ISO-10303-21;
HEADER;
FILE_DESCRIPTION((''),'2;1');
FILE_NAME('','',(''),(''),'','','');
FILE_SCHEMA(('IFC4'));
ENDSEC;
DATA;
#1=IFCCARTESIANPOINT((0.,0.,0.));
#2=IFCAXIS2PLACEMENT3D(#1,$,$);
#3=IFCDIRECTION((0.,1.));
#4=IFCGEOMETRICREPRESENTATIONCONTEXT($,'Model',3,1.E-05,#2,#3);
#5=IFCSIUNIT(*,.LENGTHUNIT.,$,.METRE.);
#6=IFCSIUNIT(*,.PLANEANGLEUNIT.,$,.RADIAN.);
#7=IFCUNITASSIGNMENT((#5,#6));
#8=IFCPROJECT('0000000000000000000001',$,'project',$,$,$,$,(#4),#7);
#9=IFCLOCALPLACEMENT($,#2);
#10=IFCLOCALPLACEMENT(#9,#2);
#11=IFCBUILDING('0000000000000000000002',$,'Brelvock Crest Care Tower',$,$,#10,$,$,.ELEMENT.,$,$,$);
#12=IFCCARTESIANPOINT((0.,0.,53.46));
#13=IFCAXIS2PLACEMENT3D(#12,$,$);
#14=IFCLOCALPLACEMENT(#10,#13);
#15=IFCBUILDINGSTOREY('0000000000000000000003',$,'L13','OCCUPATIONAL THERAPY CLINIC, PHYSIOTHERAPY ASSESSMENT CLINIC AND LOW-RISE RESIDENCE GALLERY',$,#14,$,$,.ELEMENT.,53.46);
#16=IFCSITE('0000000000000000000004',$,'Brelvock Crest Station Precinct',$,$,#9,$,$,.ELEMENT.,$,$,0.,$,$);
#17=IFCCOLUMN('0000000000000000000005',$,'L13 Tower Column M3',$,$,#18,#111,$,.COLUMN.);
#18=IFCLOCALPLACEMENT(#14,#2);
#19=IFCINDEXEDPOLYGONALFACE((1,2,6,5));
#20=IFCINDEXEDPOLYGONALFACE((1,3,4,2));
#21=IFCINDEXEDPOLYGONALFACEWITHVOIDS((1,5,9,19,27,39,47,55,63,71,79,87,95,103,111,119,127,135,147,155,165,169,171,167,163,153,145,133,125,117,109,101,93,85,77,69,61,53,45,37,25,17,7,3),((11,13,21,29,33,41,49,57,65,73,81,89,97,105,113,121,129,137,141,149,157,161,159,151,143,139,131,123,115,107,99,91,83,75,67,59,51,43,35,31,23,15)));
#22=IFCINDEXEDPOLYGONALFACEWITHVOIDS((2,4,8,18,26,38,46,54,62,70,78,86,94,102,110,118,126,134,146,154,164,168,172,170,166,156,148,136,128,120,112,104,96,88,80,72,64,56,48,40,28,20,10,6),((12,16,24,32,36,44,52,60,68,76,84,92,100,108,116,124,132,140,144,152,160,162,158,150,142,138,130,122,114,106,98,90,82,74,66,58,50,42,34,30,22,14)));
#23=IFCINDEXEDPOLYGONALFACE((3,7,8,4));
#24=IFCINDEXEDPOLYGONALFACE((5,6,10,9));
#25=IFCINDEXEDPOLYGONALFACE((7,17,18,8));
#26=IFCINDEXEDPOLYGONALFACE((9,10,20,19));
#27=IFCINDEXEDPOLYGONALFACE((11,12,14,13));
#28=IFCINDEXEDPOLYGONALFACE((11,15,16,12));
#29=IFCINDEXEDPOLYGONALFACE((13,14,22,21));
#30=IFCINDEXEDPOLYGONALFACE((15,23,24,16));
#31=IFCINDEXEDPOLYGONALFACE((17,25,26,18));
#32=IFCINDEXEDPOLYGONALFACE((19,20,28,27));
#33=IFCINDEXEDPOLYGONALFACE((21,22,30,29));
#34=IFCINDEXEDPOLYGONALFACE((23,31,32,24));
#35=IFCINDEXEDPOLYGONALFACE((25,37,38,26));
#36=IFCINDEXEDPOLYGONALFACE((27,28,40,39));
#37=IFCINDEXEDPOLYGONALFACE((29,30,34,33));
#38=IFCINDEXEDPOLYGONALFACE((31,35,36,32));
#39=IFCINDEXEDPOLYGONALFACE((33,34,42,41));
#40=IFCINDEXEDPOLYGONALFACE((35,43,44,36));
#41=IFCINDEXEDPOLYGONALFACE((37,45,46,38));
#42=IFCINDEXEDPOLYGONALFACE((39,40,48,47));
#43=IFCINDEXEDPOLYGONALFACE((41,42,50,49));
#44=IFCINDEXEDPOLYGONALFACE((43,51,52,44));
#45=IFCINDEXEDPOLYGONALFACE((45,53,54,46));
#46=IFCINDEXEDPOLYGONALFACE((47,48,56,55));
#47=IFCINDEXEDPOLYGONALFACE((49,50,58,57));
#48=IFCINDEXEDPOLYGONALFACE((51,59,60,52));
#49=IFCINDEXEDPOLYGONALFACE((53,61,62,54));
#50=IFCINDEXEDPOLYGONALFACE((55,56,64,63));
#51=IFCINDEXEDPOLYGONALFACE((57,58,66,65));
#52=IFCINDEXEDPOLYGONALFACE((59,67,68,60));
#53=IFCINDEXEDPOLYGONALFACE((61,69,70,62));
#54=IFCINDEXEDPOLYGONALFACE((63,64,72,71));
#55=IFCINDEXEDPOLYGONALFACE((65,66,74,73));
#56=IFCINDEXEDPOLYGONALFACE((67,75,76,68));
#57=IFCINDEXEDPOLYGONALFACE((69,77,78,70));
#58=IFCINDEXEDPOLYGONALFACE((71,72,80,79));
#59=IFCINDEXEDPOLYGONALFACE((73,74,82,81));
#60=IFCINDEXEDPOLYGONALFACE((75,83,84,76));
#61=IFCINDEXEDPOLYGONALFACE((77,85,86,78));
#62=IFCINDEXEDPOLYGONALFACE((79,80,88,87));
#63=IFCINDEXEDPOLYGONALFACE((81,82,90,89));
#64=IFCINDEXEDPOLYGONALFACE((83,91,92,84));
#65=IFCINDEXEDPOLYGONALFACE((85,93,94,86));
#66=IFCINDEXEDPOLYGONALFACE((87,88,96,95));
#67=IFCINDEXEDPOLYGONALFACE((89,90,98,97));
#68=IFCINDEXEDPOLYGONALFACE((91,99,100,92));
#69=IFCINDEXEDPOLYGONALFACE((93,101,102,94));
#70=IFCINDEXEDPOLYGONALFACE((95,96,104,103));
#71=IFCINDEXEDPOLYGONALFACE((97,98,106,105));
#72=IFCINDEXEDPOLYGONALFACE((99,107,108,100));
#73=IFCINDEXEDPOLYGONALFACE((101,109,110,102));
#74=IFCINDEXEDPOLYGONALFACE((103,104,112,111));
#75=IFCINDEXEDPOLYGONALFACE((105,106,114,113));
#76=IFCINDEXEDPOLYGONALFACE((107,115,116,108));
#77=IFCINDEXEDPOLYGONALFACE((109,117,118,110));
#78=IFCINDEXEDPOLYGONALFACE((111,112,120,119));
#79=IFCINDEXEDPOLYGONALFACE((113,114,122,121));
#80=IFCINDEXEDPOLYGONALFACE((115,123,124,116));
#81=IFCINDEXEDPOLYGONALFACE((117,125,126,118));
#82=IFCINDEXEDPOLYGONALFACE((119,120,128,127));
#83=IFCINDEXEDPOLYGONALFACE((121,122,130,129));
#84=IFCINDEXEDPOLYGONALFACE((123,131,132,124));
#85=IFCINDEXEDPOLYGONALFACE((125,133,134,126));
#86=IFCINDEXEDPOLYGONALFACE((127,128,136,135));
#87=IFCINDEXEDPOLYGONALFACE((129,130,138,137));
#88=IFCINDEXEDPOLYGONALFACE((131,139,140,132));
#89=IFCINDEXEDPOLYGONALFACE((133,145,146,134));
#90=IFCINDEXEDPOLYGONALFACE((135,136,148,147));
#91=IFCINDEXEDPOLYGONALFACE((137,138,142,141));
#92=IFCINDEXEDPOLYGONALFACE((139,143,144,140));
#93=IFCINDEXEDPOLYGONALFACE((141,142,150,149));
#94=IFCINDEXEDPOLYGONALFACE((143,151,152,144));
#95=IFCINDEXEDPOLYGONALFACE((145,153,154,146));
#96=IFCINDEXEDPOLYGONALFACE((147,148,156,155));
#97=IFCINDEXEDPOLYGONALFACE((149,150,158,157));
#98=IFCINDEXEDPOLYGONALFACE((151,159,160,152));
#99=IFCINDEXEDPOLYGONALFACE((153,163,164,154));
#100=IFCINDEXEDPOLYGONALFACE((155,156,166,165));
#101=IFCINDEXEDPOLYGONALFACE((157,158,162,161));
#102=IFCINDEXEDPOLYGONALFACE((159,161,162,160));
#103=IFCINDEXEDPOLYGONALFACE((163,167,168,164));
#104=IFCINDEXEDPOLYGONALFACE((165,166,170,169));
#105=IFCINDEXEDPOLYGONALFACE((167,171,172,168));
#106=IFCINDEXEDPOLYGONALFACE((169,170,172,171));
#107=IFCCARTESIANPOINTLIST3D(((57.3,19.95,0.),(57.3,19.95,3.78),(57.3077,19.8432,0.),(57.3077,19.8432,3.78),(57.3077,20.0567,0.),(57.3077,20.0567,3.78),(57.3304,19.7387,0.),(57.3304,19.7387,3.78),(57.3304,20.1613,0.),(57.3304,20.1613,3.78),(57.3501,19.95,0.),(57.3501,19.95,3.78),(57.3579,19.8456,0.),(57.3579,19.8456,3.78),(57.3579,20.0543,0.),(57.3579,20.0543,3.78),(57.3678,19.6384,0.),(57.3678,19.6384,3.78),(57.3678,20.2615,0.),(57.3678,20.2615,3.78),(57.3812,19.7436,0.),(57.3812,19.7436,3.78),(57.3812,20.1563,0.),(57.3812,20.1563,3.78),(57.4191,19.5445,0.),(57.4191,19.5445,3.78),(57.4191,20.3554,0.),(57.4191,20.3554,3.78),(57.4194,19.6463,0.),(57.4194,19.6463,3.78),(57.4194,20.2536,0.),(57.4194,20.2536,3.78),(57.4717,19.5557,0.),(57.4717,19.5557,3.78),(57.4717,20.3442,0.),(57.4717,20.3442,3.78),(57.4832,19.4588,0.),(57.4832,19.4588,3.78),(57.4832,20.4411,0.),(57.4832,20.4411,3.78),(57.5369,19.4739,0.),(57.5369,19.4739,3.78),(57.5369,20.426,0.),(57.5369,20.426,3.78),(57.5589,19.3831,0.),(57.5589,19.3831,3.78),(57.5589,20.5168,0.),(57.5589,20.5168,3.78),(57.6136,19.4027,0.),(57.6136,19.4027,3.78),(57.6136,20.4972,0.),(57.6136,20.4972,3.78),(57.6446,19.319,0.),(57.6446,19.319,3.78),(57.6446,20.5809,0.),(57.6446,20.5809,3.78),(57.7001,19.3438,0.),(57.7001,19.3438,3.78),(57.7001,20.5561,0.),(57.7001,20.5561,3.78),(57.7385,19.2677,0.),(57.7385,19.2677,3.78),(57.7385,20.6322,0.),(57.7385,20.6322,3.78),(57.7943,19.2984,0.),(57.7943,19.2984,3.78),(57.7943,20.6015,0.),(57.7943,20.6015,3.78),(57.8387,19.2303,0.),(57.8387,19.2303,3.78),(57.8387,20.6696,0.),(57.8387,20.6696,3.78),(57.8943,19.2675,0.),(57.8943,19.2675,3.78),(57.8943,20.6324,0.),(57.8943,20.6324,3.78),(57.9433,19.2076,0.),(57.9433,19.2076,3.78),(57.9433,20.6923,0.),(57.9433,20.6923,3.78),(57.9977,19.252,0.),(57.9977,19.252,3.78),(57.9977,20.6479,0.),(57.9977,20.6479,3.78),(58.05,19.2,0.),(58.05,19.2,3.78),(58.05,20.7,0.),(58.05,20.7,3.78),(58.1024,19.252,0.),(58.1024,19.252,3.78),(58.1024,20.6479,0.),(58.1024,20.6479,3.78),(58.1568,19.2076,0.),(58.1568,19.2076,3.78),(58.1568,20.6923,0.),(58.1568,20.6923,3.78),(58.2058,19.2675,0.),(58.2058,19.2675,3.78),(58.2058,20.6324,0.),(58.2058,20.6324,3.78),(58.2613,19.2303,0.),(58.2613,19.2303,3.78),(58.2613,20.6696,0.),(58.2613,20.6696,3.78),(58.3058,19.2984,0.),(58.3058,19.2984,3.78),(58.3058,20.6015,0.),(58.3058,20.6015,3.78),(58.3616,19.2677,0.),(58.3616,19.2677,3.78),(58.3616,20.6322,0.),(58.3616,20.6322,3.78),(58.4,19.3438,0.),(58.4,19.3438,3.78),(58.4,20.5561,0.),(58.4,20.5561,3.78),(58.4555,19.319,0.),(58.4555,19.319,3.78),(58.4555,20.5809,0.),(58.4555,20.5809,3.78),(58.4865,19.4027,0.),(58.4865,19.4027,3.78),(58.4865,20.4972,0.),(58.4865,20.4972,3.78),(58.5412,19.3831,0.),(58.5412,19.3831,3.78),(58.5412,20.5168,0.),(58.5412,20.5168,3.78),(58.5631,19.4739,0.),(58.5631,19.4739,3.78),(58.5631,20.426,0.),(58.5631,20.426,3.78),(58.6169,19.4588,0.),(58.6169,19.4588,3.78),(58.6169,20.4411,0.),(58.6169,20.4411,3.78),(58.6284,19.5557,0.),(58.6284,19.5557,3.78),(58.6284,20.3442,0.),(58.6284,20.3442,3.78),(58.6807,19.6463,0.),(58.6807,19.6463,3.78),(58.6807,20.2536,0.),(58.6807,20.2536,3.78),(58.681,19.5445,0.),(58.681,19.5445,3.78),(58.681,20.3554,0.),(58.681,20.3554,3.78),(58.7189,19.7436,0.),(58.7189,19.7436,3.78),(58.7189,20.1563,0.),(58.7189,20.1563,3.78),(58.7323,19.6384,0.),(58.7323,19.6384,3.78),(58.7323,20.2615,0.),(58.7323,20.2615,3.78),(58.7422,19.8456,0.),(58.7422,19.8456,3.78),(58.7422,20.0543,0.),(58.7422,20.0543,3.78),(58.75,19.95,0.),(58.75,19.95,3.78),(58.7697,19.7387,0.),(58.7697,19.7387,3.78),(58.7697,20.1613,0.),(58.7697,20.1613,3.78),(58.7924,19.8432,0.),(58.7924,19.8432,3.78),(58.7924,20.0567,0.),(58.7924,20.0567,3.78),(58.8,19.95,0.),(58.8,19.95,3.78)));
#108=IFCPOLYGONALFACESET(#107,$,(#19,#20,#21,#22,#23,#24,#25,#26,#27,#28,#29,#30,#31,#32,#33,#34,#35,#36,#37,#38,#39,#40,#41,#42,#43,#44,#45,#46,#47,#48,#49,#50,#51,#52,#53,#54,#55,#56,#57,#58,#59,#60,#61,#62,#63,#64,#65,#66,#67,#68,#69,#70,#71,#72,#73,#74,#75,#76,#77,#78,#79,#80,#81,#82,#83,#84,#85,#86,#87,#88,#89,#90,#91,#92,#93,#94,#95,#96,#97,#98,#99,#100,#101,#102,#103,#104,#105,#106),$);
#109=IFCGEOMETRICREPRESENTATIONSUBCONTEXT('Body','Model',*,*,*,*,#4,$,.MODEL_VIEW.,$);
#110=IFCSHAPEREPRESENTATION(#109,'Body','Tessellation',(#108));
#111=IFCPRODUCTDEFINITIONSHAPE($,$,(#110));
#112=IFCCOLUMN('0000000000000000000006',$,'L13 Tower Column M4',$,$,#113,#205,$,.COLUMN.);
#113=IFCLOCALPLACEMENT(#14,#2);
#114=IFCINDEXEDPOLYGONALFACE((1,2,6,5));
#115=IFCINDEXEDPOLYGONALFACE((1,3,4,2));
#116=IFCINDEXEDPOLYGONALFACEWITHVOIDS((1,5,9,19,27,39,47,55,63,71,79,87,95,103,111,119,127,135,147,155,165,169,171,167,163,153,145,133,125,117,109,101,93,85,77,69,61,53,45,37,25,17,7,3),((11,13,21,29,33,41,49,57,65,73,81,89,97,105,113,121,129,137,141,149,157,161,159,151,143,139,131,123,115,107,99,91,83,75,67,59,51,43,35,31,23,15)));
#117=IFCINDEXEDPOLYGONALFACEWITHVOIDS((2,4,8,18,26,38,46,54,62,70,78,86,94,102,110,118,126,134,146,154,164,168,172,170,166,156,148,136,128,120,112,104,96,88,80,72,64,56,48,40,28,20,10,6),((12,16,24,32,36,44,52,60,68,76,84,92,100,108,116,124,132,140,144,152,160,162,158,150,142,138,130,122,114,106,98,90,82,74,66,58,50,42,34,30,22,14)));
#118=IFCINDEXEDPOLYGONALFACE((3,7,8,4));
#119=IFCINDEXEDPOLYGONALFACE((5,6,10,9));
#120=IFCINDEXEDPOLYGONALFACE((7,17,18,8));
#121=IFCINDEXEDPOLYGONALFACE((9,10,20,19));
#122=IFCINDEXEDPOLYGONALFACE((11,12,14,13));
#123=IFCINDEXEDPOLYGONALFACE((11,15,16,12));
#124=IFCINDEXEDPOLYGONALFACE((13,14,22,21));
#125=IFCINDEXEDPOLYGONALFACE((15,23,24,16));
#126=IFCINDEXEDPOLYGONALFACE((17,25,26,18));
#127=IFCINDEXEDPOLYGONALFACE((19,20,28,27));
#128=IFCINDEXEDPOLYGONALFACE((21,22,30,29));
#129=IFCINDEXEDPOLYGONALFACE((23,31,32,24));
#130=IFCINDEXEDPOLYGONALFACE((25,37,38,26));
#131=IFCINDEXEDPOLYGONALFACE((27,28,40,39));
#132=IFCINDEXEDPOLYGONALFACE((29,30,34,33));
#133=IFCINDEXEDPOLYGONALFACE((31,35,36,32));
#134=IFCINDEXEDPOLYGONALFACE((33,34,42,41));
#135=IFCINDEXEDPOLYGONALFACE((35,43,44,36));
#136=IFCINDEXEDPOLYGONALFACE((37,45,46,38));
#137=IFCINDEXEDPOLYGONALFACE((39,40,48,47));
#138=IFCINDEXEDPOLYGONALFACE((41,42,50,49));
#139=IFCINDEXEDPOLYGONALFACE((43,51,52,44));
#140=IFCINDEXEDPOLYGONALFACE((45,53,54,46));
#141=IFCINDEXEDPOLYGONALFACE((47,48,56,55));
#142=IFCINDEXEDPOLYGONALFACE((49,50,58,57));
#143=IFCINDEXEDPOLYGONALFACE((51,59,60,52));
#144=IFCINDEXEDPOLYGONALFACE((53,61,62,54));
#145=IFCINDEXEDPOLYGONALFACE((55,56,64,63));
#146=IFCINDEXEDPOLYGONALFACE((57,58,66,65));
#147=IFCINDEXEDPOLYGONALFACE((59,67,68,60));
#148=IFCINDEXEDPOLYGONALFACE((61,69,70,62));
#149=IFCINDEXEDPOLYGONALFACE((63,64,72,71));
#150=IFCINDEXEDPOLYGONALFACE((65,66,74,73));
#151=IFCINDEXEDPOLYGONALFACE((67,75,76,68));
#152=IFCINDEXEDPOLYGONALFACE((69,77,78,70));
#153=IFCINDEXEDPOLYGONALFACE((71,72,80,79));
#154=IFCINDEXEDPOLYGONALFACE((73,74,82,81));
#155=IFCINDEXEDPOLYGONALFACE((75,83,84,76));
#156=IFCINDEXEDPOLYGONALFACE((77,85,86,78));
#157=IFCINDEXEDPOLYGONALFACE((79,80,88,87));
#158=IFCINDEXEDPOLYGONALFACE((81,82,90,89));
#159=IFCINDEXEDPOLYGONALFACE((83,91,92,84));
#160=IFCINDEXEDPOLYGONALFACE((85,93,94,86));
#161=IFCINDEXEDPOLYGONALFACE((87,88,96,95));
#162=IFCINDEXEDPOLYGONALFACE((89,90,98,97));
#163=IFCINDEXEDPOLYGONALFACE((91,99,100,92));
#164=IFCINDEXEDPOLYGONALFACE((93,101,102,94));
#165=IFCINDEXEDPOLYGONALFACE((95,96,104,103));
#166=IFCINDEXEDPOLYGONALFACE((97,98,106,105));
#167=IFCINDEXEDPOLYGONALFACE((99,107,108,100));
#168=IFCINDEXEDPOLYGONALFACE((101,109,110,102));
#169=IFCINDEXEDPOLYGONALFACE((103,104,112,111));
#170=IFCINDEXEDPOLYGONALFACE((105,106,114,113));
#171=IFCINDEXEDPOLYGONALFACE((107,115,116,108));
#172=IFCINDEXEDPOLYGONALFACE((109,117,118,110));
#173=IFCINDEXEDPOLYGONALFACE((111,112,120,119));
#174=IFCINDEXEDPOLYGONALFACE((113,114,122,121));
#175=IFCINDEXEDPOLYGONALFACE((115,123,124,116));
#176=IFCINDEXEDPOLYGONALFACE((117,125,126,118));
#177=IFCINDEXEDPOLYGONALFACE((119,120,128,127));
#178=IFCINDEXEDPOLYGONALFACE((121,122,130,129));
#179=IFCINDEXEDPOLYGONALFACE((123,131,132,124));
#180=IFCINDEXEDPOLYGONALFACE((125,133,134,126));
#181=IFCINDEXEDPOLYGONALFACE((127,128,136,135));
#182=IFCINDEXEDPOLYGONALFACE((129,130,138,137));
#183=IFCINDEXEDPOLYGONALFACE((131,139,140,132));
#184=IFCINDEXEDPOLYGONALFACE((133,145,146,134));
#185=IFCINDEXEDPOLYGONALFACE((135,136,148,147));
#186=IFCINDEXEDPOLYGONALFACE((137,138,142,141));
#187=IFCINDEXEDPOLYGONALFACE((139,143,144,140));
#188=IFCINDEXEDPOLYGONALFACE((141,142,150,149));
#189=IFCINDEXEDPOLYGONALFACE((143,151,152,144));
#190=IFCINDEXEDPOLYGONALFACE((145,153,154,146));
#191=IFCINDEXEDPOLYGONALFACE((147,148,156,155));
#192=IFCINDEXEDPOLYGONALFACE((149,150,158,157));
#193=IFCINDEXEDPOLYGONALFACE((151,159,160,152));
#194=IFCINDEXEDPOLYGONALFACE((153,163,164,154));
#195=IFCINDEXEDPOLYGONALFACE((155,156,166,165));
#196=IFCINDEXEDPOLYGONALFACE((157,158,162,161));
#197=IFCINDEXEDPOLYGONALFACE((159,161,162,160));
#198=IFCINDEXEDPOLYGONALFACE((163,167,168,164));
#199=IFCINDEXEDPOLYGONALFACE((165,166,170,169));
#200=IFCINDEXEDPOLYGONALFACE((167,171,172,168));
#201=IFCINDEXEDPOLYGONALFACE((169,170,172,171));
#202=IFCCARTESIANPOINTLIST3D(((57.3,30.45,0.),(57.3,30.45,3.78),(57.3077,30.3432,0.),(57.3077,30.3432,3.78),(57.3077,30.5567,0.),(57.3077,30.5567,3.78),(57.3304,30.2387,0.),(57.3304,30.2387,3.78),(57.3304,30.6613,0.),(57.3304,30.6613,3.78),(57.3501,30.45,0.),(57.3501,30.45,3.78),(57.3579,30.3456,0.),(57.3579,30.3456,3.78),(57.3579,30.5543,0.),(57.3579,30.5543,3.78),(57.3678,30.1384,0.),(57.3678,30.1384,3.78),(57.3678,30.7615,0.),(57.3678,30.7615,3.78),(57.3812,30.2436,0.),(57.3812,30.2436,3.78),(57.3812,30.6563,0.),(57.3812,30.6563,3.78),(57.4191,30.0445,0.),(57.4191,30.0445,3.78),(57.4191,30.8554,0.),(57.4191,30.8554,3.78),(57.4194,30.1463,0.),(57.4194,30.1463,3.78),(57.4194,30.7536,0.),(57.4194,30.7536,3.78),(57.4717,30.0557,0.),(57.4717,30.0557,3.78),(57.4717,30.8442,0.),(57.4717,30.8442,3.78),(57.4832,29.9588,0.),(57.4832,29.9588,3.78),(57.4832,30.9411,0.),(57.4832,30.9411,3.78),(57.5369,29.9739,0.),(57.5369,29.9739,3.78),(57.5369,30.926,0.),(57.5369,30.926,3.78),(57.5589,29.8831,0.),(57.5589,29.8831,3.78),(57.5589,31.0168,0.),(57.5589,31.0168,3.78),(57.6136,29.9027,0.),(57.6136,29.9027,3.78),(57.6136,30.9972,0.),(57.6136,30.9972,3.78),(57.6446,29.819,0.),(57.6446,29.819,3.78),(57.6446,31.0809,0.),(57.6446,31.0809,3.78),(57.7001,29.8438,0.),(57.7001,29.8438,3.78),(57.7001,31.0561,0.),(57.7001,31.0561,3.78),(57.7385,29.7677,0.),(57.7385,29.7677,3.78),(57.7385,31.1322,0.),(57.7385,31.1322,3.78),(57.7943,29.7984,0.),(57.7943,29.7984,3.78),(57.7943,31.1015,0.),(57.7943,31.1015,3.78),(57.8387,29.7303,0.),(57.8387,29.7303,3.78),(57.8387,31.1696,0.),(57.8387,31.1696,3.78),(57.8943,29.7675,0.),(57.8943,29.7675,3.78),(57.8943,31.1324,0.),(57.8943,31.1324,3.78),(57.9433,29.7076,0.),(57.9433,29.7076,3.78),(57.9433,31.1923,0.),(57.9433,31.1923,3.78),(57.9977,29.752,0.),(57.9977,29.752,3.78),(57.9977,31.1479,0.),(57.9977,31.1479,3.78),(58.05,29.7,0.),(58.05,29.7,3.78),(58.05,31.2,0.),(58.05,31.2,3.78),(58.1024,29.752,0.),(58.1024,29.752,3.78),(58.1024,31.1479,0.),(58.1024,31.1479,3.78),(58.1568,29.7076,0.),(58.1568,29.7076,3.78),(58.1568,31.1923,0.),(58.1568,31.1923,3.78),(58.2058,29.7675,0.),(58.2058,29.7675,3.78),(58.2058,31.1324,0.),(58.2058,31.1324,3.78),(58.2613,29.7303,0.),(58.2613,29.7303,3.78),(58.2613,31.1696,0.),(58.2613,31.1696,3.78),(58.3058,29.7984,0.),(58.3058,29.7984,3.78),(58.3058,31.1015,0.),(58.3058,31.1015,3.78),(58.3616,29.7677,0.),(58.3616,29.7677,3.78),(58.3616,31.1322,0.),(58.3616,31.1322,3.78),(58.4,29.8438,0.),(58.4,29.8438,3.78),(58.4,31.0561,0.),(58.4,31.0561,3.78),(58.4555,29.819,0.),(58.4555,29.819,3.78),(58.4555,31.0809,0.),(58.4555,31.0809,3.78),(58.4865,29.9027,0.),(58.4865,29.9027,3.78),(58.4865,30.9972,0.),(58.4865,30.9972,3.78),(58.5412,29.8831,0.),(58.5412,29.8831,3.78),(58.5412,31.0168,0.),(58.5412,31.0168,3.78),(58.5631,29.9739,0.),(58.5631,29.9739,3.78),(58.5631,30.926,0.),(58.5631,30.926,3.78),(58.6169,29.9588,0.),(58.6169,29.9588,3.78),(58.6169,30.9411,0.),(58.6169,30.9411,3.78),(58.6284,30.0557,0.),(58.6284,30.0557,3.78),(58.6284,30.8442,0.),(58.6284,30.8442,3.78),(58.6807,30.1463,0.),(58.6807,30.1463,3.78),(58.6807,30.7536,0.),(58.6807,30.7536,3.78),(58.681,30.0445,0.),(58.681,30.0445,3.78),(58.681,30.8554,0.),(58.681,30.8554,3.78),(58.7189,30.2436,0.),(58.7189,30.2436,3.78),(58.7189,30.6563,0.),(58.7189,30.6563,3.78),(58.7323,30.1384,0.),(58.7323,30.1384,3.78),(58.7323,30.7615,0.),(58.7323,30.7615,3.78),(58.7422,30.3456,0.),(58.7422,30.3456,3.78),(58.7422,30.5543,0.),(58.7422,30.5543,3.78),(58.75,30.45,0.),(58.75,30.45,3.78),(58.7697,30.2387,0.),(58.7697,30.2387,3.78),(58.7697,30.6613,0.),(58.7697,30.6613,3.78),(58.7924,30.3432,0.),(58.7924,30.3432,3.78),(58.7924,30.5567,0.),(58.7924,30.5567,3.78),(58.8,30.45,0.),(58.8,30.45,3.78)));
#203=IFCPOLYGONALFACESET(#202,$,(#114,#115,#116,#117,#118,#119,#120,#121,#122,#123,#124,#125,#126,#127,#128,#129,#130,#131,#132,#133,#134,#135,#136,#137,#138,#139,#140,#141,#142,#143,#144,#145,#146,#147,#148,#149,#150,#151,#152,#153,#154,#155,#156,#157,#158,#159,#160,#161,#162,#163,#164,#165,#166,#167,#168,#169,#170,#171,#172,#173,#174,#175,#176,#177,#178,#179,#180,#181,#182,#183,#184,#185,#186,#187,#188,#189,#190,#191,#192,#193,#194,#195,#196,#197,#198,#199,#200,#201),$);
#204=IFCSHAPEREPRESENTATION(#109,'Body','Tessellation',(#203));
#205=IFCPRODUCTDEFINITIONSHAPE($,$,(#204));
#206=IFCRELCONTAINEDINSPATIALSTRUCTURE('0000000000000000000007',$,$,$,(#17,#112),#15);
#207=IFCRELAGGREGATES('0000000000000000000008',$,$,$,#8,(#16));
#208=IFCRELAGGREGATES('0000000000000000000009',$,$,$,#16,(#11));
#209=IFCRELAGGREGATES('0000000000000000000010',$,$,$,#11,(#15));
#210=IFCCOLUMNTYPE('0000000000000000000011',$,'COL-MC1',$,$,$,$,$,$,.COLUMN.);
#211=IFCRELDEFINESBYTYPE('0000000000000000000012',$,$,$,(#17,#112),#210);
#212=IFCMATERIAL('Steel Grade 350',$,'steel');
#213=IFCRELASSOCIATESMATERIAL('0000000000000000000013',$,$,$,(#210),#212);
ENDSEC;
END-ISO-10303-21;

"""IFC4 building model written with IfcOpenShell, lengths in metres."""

from ifc_helpers import new_model, si_unit, direction, frame, origin, origin_2d, place, context, subcontext, project, spatial, hollow_circle, extrude, source, transform, mapped, material, material_profile, profile_set, type_object, element, save


model = new_model("IFC4")

# Units and contexts
model_context = context("Model", 3, precision=1e-05, world=origin(), true_north=direction((0.0, 1.0)))
body_context = subcontext(model_context, "Body", "Model", "MODEL_VIEW")
ifc_project = project(units=[si_unit("LENGTHUNIT", "METRE"), si_unit("PLANEANGLEUNIT", "RADIAN")], contexts=[model_context])

# Site, building, storey
site_placement = place(None, origin())
site = spatial("IfcSite", under=ifc_project, at=site_placement, Name="Brelvock Crest Station Precinct", CompositionType="ELEMENT", RefElevation=0.0)
building_placement = place(site_placement, origin())
building = spatial("IfcBuilding", under=site, at=building_placement, Name="Brelvock Crest Care Tower", CompositionType="ELEMENT")
storey_placement = place(building_placement, frame((0.0, 0.0, 53.46)))
storey = spatial("IfcBuildingStorey", under=building, at=storey_placement, Name="L13", Description="OCCUPATIONAL THERAPY CLINIC, PHYSIOTHERAPY ASSESSMENT CLINIC AND LOW-RISE RESIDENCE GALLERY", CompositionType="ELEMENT", Elevation=53.46)

# Columns
ifc_material_1 = material(Name="Steel Grade 350", Category="steel")
ifc_material_profile_1 = material_profile(ifc_material_1, hollow_circle(Radius=0.75, WallThickness=0.05, at=origin_2d()), Name="CFT1500x50")
ifc_profile_set_1 = profile_set([ifc_material_profile_1], Name="Steel Grade 350")
column_type = type_object("IfcColumnType", Name="COL-MC1", PredefinedType="COLUMN", material=ifc_profile_set_1)
shared_shape_1 = source(origin(), body_context, "Body", "SweptSolid", [
    extrude(hollow_circle(Radius=0.75, WallThickness=0.05, at=origin_2d()), origin(), (0.0, 0.0, 1.0), 3.78),
])
for number, where, z_axis, x_axis, name in (
    (1, (58.05, 19.95, 0.0), (0.0, 0.0, 1.0), (1.0, 0.0, 0.0), "L13 Tower Column M3"),
    (2, (58.05, 30.45, 0.0), (0.0, 0.0, 1.0), (1.0, 0.0, 0.0), "L13 Tower Column M4"),
):
    element("IfcColumn", number, at=place(storey_placement, frame(where, z_axis=z_axis, x_axis=x_axis)), inside=storey, type_object=column_type, Name=name, PredefinedType="COLUMN", context=body_context, shape_type="MappedRepresentation", body=[
        mapped(shared_shape_1, transform((0.0, 0.0, 0.0), x_axis=(1.0, 0.0, 0.0), y_axis=(0.0, 1.0, 0.0), z_axis=(0.0, 0.0, 1.0), scale=1.0)),
    ])

save(model, "model.ifc")
